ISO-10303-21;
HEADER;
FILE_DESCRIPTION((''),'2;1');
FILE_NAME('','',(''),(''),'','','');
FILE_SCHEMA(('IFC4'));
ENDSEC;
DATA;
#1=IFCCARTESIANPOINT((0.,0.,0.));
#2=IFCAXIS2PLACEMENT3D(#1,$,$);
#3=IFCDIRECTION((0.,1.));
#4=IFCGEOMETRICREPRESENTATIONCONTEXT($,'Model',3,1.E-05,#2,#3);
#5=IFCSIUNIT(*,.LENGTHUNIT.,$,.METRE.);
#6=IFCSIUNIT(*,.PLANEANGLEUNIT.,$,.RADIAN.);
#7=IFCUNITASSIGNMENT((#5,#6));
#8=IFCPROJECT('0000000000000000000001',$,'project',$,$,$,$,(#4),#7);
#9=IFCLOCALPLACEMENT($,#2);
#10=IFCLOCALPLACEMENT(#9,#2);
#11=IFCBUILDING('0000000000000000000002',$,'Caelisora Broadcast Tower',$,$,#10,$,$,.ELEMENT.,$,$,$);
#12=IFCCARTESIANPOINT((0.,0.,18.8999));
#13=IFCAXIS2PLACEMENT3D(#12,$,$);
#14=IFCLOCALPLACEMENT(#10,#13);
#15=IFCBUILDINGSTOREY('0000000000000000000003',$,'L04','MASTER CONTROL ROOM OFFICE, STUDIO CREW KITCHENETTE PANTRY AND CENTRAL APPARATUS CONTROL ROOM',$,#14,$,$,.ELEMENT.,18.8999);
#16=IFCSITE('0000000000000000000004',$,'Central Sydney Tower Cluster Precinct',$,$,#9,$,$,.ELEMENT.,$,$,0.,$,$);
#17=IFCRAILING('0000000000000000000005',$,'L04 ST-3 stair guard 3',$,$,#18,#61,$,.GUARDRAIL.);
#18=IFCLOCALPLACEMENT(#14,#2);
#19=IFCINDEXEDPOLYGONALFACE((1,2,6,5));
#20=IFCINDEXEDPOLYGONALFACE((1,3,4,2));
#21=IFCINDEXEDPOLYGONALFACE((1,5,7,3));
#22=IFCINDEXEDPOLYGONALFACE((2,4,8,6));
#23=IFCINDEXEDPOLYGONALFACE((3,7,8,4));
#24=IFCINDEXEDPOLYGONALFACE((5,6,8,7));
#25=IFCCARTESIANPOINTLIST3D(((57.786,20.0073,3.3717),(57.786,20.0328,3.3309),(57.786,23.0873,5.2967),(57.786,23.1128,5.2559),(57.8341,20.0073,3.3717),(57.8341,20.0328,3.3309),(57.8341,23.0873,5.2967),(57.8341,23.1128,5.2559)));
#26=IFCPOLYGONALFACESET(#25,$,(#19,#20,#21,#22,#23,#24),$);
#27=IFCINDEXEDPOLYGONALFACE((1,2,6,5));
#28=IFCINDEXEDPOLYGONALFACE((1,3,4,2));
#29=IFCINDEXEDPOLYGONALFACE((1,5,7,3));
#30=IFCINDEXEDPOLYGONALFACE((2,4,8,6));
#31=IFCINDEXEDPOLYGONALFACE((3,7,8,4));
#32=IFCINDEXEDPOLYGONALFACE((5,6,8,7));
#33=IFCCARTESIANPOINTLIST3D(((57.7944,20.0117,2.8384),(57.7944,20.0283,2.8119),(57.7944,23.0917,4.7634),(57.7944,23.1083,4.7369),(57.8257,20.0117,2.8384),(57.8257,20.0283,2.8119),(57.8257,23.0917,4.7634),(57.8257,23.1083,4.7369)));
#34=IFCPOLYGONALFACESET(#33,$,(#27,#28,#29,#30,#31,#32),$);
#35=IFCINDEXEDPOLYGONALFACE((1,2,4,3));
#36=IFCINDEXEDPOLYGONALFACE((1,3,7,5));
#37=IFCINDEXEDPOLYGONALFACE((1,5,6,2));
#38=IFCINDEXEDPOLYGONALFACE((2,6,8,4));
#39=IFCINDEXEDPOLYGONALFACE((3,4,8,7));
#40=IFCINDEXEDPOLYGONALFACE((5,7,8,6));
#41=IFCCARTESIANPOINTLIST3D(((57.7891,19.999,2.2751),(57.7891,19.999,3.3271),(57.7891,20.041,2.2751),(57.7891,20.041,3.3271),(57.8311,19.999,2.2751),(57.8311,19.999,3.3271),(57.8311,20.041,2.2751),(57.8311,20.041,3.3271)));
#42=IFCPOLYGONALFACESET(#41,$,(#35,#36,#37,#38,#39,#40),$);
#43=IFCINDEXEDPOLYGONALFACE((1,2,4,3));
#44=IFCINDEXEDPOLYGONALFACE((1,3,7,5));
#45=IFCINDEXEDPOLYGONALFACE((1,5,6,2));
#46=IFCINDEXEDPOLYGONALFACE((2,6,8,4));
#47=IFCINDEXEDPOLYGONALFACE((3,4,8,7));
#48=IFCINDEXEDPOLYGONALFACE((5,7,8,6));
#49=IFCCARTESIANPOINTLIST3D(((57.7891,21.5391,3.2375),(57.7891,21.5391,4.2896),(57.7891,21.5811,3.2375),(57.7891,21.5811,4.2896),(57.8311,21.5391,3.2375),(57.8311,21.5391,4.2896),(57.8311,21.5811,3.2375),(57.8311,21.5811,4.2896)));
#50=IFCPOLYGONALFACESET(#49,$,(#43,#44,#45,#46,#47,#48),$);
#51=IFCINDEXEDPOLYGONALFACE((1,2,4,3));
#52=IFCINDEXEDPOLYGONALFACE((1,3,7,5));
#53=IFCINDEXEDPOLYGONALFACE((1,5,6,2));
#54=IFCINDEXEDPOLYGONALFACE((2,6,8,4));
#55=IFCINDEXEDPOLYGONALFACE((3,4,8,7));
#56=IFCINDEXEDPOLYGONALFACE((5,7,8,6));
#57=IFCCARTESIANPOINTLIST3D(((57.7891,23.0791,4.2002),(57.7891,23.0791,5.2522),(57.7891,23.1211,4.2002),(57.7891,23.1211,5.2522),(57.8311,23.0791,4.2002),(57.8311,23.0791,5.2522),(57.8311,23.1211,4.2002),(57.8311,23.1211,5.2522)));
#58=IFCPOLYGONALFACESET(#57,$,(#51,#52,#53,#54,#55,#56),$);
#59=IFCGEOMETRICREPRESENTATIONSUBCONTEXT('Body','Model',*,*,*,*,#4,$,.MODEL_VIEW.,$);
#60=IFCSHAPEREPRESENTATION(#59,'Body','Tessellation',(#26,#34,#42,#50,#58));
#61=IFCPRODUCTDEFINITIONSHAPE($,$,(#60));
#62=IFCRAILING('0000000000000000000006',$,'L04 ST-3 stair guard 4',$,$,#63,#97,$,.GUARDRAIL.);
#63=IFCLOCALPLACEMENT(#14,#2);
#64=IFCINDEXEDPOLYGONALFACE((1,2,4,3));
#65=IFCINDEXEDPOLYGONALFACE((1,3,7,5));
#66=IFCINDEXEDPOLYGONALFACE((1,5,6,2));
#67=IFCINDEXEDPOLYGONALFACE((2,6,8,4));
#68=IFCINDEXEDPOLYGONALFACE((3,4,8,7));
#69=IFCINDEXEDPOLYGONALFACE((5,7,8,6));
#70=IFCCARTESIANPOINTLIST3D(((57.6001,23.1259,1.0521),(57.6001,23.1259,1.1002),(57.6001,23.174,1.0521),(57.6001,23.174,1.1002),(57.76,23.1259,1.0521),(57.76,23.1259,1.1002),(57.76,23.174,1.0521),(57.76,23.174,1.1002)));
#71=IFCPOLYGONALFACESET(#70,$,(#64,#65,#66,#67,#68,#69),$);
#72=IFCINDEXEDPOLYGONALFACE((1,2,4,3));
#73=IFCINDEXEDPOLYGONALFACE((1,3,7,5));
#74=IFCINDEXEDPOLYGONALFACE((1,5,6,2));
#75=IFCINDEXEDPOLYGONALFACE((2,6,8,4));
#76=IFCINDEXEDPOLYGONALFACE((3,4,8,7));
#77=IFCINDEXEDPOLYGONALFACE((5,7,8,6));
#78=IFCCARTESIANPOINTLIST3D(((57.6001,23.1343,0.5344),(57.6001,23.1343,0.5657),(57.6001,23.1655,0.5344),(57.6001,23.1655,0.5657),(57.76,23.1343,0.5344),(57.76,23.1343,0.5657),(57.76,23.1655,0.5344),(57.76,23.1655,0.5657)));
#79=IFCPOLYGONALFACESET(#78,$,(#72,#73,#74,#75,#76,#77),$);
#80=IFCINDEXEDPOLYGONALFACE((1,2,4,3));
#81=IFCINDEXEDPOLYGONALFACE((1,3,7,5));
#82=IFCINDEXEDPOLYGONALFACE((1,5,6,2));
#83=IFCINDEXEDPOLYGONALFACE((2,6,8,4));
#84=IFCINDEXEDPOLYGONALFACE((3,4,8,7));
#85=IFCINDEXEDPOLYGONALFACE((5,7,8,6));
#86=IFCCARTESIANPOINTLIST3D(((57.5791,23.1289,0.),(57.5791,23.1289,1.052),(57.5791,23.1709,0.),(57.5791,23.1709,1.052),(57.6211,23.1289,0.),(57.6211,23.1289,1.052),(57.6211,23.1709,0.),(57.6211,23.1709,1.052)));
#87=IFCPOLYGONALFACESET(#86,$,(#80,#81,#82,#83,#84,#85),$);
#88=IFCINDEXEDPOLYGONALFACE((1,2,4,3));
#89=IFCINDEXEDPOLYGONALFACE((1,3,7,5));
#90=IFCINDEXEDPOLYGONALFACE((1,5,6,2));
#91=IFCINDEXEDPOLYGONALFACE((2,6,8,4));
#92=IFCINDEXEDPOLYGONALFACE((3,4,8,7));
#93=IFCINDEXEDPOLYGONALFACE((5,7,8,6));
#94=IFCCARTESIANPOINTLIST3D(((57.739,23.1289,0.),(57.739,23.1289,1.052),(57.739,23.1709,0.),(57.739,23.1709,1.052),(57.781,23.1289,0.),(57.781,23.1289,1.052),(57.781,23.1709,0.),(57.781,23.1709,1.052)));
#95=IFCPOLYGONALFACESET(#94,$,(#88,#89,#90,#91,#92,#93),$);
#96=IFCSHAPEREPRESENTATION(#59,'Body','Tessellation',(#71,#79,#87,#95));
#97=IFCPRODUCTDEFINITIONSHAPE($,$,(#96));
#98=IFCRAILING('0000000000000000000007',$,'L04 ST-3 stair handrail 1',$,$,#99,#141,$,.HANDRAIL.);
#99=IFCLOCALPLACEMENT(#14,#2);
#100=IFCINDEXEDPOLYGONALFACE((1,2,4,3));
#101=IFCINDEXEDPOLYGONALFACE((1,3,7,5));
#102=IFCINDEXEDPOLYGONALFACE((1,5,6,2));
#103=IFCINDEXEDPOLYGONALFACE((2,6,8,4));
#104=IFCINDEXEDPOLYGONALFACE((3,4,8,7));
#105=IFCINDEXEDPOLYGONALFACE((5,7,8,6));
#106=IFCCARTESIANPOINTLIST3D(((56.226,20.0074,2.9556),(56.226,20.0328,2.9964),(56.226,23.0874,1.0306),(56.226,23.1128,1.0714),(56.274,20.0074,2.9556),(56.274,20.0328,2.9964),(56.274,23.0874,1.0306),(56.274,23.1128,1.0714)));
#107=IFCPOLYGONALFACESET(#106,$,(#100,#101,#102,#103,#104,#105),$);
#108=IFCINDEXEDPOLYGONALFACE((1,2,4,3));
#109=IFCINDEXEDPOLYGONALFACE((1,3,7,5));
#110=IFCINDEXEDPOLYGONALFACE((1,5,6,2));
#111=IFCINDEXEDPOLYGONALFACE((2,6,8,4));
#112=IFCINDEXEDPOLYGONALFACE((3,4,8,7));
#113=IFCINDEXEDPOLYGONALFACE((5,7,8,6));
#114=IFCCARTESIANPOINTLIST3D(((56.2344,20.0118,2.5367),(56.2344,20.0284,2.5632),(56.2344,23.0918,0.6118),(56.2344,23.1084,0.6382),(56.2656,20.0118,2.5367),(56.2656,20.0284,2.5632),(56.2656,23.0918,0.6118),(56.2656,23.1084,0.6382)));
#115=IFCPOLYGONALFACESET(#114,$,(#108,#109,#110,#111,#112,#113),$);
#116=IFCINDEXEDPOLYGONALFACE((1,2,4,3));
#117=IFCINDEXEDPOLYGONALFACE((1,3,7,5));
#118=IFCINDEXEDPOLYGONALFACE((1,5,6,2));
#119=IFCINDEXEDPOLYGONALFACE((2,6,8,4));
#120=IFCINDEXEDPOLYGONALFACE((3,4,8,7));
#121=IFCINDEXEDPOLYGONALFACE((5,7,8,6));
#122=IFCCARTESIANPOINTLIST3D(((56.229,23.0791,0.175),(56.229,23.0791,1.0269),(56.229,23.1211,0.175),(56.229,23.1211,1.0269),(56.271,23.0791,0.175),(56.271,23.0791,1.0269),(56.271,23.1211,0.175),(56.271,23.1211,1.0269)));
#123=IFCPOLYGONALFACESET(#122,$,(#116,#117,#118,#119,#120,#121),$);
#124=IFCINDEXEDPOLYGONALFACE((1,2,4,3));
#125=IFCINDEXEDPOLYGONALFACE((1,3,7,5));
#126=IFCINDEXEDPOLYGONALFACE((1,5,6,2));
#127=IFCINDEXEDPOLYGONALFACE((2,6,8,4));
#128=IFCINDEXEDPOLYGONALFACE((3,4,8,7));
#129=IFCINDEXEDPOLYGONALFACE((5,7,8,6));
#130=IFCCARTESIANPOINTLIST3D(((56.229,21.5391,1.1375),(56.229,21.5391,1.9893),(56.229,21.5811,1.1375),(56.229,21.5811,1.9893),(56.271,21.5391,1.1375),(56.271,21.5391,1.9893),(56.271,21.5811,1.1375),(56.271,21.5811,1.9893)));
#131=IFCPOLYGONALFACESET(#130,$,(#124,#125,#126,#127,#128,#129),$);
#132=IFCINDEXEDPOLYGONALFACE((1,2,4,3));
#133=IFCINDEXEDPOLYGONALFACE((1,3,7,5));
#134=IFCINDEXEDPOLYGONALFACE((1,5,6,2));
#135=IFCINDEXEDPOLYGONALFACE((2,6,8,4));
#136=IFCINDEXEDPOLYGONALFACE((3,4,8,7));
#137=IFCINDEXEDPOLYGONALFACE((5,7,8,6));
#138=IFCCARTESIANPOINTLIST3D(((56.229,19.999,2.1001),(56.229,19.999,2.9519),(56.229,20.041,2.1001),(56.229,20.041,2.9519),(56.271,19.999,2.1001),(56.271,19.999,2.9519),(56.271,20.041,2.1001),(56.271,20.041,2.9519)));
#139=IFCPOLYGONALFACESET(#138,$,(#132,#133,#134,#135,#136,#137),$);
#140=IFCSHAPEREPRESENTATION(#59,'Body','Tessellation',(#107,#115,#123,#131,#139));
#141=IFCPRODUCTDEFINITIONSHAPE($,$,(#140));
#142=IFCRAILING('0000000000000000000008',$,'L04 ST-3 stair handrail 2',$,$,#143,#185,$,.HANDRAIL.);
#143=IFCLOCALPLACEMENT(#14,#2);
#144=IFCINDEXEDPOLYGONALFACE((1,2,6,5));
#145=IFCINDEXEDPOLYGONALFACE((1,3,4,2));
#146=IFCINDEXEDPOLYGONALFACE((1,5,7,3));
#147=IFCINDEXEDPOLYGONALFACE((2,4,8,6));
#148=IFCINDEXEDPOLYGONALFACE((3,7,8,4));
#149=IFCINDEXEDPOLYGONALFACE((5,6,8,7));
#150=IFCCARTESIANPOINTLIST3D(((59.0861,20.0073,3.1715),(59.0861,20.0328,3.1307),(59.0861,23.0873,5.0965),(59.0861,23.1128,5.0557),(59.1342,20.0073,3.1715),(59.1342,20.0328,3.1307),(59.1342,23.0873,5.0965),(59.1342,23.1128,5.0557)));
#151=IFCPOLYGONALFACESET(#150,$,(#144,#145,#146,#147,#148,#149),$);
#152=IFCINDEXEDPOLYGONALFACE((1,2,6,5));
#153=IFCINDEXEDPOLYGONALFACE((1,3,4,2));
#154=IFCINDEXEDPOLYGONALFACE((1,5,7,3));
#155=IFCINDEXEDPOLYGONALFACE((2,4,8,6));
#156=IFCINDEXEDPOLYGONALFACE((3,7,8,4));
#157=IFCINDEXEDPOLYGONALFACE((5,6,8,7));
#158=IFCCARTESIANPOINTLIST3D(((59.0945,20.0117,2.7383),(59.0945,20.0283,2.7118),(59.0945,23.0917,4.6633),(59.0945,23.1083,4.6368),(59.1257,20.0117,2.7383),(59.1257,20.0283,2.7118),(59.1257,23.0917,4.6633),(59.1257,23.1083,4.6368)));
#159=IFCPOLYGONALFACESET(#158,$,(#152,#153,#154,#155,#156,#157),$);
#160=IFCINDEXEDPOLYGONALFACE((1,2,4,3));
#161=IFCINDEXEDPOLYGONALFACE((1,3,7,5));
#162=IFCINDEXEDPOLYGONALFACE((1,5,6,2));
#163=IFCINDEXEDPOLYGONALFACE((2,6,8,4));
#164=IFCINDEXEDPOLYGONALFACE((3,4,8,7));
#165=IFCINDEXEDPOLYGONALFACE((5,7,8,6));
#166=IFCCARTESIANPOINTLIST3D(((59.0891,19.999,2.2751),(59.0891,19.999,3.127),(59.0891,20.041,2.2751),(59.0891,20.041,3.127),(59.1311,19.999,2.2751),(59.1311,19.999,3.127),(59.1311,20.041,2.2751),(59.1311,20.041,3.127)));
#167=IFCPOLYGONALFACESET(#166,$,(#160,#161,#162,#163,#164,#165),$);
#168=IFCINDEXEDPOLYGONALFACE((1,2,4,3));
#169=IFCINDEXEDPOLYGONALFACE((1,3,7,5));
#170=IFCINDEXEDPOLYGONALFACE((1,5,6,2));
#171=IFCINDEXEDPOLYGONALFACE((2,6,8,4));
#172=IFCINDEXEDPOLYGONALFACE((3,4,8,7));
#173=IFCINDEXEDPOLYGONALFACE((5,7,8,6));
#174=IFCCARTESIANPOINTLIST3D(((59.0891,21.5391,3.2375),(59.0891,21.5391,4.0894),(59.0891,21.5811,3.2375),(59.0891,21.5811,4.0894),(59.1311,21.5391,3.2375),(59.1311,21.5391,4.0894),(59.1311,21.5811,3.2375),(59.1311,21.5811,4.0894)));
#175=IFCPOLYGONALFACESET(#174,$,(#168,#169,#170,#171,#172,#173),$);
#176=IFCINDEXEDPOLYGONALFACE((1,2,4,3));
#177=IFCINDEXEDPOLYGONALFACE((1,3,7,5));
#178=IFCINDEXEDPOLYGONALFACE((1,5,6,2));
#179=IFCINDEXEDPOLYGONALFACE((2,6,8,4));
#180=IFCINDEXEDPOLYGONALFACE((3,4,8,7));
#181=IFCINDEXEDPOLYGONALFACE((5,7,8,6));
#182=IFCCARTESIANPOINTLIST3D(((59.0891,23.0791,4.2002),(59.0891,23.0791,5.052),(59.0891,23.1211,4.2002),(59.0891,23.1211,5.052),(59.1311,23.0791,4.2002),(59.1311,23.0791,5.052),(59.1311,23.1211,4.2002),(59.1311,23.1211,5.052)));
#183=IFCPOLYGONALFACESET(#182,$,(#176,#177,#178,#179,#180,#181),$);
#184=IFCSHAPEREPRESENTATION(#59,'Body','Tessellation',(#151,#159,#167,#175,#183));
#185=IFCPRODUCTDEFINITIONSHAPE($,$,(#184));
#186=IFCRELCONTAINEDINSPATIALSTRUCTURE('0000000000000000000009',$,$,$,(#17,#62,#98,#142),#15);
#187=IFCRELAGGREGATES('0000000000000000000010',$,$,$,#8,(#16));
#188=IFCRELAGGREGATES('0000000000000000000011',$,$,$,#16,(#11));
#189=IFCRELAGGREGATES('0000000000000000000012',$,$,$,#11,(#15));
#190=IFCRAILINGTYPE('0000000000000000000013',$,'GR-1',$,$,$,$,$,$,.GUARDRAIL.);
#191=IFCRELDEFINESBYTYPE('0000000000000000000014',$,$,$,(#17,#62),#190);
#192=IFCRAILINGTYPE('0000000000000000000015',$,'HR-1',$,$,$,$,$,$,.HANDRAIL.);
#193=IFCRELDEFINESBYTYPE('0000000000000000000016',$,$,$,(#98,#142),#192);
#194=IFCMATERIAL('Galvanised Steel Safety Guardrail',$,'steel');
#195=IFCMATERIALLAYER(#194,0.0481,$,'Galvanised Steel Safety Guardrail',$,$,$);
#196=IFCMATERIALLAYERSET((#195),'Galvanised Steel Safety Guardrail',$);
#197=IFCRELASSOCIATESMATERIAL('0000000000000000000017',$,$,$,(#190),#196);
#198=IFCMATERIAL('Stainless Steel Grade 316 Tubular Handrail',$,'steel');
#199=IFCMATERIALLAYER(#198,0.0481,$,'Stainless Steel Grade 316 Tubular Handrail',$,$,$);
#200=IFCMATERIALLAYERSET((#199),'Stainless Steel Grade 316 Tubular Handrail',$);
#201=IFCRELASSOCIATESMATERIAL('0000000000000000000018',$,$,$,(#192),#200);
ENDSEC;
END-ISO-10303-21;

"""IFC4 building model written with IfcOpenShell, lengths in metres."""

from ifc_helpers import new_model, si_unit, direction, frame, origin, origin_2d, place, context, subcontext, project, spatial, rectangle, extrude, material, layer, layer_set, type_object, element, save


model = new_model("IFC4")

# Units and contexts
model_context = context("Model", 3, precision=1e-05, world=origin(), true_north=direction((0.0, 1.0)))
body_context = subcontext(model_context, "Body", "Model", "MODEL_VIEW")
ifc_project = project(units=[si_unit("LENGTHUNIT", "METRE"), si_unit("PLANEANGLEUNIT", "RADIAN")], contexts=[model_context])

# Site, building, storey
site_placement = place(None, origin())
site = spatial("IfcSite", under=ifc_project, at=site_placement, Name="Central Sydney Tower Cluster Precinct", CompositionType="ELEMENT", RefElevation=0.0)
building_placement = place(site_placement, origin())
building = spatial("IfcBuilding", under=site, at=building_placement, Name="Caelisora Broadcast Tower", CompositionType="ELEMENT")
storey_placement = place(building_placement, frame((0.0, 0.0, 18.8999)))
storey = spatial("IfcBuildingStorey", under=building, at=storey_placement, Name="L04", Description="MASTER CONTROL ROOM OFFICE, STUDIO CREW KITCHENETTE PANTRY AND CENTRAL APPARATUS CONTROL ROOM", CompositionType="ELEMENT", Elevation=18.8999)

# Railings
ifc_material_1 = material(Name="Galvanised Steel Safety Guardrail", Category="steel")
ifc_layer_1 = layer(ifc_material_1, 0.0481, Name="Galvanised Steel Safety Guardrail")
ifc_layer_set_1 = layer_set([ifc_layer_1], Name="Galvanised Steel Safety Guardrail")
railing_type_1 = type_object("IfcRailingType", Name="GR-1", PredefinedType="GUARDRAIL", material=ifc_layer_set_1)
railing_1_placement = place(storey_placement, frame((57.8101, 20.02, 2.2751)))
element("IfcRailing", 1, at=railing_1_placement, inside=storey, type_object=railing_type_1, Name="L04 ST-3 stair guard 3", PredefinedType="GUARDRAIL", context=body_context, shape_type="SweptSolid", body=[
    extrude(rectangle(XDim=0.0481, YDim=0.0481, at=origin_2d()), frame((0.0, 0.0, 1.0762), z_axis=(0.0, 0.847998, 0.529999), x_axis=(-1.0, 0.0, 0.0)), (0.0, 0.0, 1.0), 3.6321),
    extrude(rectangle(XDim=0.0312, YDim=0.0312, at=origin_2d()), frame((0.0, 0.0, 0.55), z_axis=(0.0, 0.847998, 0.529999), x_axis=(-1.0, 0.0, 0.0)), (0.0, 0.0, 1.0), 3.6321),
    extrude(rectangle(XDim=0.042, YDim=0.042, at=origin_2d()), origin(), (0.0, 0.0, 1.0), 1.052),
    extrude(rectangle(XDim=0.042, YDim=0.042, at=origin_2d()), frame((0.0, 1.54, 0.9624)), (0.0, 0.0, 1.0), 1.052),
    extrude(rectangle(XDim=0.042, YDim=0.042, at=origin_2d()), frame((0.0, 3.0801, 1.925)), (0.0, 0.0, 1.0), 1.052),
])
railing_2_placement = place(storey_placement, frame((57.6001, 23.1499, 0.0)))
element("IfcRailing", 2, at=railing_2_placement, inside=storey, type_object=railing_type_1, Name="L04 ST-3 stair guard 4", PredefinedType="GUARDRAIL", context=body_context, shape_type="SweptSolid", body=[
    extrude(rectangle(XDim=0.0481, YDim=0.0481, at=origin_2d()), frame((0.0, 0.0, 1.0762), z_axis=(1.0, 0.0, 0.0), x_axis=(0.0, 1.0, 0.0)), (0.0, 0.0, 1.0), 0.1599),
    extrude(rectangle(XDim=0.0312, YDim=0.0312, at=origin_2d()), frame((0.0, 0.0, 0.55), z_axis=(1.0, 0.0, 0.0), x_axis=(0.0, 1.0, 0.0)), (0.0, 0.0, 1.0), 0.1599),
    extrude(rectangle(XDim=0.042, YDim=0.042, at=origin_2d()), origin(), (0.0, 0.0, 1.0), 1.052),
    extrude(rectangle(XDim=0.042, YDim=0.042, at=origin_2d()), frame((0.1599, 0.0, 0.0)), (0.0, 0.0, 1.0), 1.052),
])
ifc_material_2 = material(Name="Stainless Steel Grade 316 Tubular Handrail", Category="steel")
ifc_layer_2 = layer(ifc_material_2, 0.0481, Name="Stainless Steel Grade 316 Tubular Handrail")
ifc_layer_set_2 = layer_set([ifc_layer_2], Name="Stainless Steel Grade 316 Tubular Handrail")
railing_type_2 = type_object("IfcRailingType", Name="HR-1", PredefinedType="HANDRAIL", material=ifc_layer_set_2)
railing_3_placement = place(storey_placement, frame((56.25, 23.1001, 0.175)))
element("IfcRailing", 3, at=railing_3_placement, inside=storey, type_object=railing_type_2, Name="L04 ST-3 stair handrail 1", PredefinedType="HANDRAIL", context=body_context, shape_type="SweptSolid", body=[
    extrude(rectangle(XDim=0.0481, YDim=0.0481, at=origin_2d()), frame((0.0, 0.0, 0.876), z_axis=(0.0, -0.847998, 0.529999), x_axis=(1.0, 0.0, 0.0)), (0.0, 0.0, 1.0), 3.6321),
    extrude(rectangle(XDim=0.0312, YDim=0.0312, at=origin_2d()), frame((0.0, 0.0, 0.45), z_axis=(0.0, -0.847998, 0.529999), x_axis=(1.0, 0.0, 0.0)), (0.0, 0.0, 1.0), 3.6321),
    extrude(rectangle(XDim=0.042, YDim=0.042, at=origin_2d()), origin(), (0.0, 0.0, 1.0), 0.8518),
    extrude(rectangle(XDim=0.042, YDim=0.042, at=origin_2d()), frame((0.0, -1.54, 0.9624)), (0.0, 0.0, 1.0), 0.8518),
    extrude(rectangle(XDim=0.042, YDim=0.042, at=origin_2d()), frame((0.0, -3.0801, 1.925)), (0.0, 0.0, 1.0), 0.8518),
])
railing_4_placement = place(storey_placement, frame((59.1101, 20.02, 2.2751)))
element("IfcRailing", 4, at=railing_4_placement, inside=storey, type_object=railing_type_2, Name="L04 ST-3 stair handrail 2", PredefinedType="HANDRAIL", context=body_context, shape_type="SweptSolid", body=[
    extrude(rectangle(XDim=0.0481, YDim=0.0481, at=origin_2d()), frame((0.0, 0.0, 0.876), z_axis=(0.0, 0.847998, 0.529999), x_axis=(-1.0, 0.0, 0.0)), (0.0, 0.0, 1.0), 3.6321),
    extrude(rectangle(XDim=0.0312, YDim=0.0312, at=origin_2d()), frame((0.0, 0.0, 0.45), z_axis=(0.0, 0.847998, 0.529999), x_axis=(-1.0, 0.0, 0.0)), (0.0, 0.0, 1.0), 3.6321),
    extrude(rectangle(XDim=0.042, YDim=0.042, at=origin_2d()), origin(), (0.0, 0.0, 1.0), 0.8518),
    extrude(rectangle(XDim=0.042, YDim=0.042, at=origin_2d()), frame((0.0, 1.54, 0.9624)), (0.0, 0.0, 1.0), 0.8518),
    extrude(rectangle(XDim=0.042, YDim=0.042, at=origin_2d()), frame((0.0, 3.0801, 1.925)), (0.0, 0.0, 1.0), 0.8518),
])

save(model, "model.ifc")
